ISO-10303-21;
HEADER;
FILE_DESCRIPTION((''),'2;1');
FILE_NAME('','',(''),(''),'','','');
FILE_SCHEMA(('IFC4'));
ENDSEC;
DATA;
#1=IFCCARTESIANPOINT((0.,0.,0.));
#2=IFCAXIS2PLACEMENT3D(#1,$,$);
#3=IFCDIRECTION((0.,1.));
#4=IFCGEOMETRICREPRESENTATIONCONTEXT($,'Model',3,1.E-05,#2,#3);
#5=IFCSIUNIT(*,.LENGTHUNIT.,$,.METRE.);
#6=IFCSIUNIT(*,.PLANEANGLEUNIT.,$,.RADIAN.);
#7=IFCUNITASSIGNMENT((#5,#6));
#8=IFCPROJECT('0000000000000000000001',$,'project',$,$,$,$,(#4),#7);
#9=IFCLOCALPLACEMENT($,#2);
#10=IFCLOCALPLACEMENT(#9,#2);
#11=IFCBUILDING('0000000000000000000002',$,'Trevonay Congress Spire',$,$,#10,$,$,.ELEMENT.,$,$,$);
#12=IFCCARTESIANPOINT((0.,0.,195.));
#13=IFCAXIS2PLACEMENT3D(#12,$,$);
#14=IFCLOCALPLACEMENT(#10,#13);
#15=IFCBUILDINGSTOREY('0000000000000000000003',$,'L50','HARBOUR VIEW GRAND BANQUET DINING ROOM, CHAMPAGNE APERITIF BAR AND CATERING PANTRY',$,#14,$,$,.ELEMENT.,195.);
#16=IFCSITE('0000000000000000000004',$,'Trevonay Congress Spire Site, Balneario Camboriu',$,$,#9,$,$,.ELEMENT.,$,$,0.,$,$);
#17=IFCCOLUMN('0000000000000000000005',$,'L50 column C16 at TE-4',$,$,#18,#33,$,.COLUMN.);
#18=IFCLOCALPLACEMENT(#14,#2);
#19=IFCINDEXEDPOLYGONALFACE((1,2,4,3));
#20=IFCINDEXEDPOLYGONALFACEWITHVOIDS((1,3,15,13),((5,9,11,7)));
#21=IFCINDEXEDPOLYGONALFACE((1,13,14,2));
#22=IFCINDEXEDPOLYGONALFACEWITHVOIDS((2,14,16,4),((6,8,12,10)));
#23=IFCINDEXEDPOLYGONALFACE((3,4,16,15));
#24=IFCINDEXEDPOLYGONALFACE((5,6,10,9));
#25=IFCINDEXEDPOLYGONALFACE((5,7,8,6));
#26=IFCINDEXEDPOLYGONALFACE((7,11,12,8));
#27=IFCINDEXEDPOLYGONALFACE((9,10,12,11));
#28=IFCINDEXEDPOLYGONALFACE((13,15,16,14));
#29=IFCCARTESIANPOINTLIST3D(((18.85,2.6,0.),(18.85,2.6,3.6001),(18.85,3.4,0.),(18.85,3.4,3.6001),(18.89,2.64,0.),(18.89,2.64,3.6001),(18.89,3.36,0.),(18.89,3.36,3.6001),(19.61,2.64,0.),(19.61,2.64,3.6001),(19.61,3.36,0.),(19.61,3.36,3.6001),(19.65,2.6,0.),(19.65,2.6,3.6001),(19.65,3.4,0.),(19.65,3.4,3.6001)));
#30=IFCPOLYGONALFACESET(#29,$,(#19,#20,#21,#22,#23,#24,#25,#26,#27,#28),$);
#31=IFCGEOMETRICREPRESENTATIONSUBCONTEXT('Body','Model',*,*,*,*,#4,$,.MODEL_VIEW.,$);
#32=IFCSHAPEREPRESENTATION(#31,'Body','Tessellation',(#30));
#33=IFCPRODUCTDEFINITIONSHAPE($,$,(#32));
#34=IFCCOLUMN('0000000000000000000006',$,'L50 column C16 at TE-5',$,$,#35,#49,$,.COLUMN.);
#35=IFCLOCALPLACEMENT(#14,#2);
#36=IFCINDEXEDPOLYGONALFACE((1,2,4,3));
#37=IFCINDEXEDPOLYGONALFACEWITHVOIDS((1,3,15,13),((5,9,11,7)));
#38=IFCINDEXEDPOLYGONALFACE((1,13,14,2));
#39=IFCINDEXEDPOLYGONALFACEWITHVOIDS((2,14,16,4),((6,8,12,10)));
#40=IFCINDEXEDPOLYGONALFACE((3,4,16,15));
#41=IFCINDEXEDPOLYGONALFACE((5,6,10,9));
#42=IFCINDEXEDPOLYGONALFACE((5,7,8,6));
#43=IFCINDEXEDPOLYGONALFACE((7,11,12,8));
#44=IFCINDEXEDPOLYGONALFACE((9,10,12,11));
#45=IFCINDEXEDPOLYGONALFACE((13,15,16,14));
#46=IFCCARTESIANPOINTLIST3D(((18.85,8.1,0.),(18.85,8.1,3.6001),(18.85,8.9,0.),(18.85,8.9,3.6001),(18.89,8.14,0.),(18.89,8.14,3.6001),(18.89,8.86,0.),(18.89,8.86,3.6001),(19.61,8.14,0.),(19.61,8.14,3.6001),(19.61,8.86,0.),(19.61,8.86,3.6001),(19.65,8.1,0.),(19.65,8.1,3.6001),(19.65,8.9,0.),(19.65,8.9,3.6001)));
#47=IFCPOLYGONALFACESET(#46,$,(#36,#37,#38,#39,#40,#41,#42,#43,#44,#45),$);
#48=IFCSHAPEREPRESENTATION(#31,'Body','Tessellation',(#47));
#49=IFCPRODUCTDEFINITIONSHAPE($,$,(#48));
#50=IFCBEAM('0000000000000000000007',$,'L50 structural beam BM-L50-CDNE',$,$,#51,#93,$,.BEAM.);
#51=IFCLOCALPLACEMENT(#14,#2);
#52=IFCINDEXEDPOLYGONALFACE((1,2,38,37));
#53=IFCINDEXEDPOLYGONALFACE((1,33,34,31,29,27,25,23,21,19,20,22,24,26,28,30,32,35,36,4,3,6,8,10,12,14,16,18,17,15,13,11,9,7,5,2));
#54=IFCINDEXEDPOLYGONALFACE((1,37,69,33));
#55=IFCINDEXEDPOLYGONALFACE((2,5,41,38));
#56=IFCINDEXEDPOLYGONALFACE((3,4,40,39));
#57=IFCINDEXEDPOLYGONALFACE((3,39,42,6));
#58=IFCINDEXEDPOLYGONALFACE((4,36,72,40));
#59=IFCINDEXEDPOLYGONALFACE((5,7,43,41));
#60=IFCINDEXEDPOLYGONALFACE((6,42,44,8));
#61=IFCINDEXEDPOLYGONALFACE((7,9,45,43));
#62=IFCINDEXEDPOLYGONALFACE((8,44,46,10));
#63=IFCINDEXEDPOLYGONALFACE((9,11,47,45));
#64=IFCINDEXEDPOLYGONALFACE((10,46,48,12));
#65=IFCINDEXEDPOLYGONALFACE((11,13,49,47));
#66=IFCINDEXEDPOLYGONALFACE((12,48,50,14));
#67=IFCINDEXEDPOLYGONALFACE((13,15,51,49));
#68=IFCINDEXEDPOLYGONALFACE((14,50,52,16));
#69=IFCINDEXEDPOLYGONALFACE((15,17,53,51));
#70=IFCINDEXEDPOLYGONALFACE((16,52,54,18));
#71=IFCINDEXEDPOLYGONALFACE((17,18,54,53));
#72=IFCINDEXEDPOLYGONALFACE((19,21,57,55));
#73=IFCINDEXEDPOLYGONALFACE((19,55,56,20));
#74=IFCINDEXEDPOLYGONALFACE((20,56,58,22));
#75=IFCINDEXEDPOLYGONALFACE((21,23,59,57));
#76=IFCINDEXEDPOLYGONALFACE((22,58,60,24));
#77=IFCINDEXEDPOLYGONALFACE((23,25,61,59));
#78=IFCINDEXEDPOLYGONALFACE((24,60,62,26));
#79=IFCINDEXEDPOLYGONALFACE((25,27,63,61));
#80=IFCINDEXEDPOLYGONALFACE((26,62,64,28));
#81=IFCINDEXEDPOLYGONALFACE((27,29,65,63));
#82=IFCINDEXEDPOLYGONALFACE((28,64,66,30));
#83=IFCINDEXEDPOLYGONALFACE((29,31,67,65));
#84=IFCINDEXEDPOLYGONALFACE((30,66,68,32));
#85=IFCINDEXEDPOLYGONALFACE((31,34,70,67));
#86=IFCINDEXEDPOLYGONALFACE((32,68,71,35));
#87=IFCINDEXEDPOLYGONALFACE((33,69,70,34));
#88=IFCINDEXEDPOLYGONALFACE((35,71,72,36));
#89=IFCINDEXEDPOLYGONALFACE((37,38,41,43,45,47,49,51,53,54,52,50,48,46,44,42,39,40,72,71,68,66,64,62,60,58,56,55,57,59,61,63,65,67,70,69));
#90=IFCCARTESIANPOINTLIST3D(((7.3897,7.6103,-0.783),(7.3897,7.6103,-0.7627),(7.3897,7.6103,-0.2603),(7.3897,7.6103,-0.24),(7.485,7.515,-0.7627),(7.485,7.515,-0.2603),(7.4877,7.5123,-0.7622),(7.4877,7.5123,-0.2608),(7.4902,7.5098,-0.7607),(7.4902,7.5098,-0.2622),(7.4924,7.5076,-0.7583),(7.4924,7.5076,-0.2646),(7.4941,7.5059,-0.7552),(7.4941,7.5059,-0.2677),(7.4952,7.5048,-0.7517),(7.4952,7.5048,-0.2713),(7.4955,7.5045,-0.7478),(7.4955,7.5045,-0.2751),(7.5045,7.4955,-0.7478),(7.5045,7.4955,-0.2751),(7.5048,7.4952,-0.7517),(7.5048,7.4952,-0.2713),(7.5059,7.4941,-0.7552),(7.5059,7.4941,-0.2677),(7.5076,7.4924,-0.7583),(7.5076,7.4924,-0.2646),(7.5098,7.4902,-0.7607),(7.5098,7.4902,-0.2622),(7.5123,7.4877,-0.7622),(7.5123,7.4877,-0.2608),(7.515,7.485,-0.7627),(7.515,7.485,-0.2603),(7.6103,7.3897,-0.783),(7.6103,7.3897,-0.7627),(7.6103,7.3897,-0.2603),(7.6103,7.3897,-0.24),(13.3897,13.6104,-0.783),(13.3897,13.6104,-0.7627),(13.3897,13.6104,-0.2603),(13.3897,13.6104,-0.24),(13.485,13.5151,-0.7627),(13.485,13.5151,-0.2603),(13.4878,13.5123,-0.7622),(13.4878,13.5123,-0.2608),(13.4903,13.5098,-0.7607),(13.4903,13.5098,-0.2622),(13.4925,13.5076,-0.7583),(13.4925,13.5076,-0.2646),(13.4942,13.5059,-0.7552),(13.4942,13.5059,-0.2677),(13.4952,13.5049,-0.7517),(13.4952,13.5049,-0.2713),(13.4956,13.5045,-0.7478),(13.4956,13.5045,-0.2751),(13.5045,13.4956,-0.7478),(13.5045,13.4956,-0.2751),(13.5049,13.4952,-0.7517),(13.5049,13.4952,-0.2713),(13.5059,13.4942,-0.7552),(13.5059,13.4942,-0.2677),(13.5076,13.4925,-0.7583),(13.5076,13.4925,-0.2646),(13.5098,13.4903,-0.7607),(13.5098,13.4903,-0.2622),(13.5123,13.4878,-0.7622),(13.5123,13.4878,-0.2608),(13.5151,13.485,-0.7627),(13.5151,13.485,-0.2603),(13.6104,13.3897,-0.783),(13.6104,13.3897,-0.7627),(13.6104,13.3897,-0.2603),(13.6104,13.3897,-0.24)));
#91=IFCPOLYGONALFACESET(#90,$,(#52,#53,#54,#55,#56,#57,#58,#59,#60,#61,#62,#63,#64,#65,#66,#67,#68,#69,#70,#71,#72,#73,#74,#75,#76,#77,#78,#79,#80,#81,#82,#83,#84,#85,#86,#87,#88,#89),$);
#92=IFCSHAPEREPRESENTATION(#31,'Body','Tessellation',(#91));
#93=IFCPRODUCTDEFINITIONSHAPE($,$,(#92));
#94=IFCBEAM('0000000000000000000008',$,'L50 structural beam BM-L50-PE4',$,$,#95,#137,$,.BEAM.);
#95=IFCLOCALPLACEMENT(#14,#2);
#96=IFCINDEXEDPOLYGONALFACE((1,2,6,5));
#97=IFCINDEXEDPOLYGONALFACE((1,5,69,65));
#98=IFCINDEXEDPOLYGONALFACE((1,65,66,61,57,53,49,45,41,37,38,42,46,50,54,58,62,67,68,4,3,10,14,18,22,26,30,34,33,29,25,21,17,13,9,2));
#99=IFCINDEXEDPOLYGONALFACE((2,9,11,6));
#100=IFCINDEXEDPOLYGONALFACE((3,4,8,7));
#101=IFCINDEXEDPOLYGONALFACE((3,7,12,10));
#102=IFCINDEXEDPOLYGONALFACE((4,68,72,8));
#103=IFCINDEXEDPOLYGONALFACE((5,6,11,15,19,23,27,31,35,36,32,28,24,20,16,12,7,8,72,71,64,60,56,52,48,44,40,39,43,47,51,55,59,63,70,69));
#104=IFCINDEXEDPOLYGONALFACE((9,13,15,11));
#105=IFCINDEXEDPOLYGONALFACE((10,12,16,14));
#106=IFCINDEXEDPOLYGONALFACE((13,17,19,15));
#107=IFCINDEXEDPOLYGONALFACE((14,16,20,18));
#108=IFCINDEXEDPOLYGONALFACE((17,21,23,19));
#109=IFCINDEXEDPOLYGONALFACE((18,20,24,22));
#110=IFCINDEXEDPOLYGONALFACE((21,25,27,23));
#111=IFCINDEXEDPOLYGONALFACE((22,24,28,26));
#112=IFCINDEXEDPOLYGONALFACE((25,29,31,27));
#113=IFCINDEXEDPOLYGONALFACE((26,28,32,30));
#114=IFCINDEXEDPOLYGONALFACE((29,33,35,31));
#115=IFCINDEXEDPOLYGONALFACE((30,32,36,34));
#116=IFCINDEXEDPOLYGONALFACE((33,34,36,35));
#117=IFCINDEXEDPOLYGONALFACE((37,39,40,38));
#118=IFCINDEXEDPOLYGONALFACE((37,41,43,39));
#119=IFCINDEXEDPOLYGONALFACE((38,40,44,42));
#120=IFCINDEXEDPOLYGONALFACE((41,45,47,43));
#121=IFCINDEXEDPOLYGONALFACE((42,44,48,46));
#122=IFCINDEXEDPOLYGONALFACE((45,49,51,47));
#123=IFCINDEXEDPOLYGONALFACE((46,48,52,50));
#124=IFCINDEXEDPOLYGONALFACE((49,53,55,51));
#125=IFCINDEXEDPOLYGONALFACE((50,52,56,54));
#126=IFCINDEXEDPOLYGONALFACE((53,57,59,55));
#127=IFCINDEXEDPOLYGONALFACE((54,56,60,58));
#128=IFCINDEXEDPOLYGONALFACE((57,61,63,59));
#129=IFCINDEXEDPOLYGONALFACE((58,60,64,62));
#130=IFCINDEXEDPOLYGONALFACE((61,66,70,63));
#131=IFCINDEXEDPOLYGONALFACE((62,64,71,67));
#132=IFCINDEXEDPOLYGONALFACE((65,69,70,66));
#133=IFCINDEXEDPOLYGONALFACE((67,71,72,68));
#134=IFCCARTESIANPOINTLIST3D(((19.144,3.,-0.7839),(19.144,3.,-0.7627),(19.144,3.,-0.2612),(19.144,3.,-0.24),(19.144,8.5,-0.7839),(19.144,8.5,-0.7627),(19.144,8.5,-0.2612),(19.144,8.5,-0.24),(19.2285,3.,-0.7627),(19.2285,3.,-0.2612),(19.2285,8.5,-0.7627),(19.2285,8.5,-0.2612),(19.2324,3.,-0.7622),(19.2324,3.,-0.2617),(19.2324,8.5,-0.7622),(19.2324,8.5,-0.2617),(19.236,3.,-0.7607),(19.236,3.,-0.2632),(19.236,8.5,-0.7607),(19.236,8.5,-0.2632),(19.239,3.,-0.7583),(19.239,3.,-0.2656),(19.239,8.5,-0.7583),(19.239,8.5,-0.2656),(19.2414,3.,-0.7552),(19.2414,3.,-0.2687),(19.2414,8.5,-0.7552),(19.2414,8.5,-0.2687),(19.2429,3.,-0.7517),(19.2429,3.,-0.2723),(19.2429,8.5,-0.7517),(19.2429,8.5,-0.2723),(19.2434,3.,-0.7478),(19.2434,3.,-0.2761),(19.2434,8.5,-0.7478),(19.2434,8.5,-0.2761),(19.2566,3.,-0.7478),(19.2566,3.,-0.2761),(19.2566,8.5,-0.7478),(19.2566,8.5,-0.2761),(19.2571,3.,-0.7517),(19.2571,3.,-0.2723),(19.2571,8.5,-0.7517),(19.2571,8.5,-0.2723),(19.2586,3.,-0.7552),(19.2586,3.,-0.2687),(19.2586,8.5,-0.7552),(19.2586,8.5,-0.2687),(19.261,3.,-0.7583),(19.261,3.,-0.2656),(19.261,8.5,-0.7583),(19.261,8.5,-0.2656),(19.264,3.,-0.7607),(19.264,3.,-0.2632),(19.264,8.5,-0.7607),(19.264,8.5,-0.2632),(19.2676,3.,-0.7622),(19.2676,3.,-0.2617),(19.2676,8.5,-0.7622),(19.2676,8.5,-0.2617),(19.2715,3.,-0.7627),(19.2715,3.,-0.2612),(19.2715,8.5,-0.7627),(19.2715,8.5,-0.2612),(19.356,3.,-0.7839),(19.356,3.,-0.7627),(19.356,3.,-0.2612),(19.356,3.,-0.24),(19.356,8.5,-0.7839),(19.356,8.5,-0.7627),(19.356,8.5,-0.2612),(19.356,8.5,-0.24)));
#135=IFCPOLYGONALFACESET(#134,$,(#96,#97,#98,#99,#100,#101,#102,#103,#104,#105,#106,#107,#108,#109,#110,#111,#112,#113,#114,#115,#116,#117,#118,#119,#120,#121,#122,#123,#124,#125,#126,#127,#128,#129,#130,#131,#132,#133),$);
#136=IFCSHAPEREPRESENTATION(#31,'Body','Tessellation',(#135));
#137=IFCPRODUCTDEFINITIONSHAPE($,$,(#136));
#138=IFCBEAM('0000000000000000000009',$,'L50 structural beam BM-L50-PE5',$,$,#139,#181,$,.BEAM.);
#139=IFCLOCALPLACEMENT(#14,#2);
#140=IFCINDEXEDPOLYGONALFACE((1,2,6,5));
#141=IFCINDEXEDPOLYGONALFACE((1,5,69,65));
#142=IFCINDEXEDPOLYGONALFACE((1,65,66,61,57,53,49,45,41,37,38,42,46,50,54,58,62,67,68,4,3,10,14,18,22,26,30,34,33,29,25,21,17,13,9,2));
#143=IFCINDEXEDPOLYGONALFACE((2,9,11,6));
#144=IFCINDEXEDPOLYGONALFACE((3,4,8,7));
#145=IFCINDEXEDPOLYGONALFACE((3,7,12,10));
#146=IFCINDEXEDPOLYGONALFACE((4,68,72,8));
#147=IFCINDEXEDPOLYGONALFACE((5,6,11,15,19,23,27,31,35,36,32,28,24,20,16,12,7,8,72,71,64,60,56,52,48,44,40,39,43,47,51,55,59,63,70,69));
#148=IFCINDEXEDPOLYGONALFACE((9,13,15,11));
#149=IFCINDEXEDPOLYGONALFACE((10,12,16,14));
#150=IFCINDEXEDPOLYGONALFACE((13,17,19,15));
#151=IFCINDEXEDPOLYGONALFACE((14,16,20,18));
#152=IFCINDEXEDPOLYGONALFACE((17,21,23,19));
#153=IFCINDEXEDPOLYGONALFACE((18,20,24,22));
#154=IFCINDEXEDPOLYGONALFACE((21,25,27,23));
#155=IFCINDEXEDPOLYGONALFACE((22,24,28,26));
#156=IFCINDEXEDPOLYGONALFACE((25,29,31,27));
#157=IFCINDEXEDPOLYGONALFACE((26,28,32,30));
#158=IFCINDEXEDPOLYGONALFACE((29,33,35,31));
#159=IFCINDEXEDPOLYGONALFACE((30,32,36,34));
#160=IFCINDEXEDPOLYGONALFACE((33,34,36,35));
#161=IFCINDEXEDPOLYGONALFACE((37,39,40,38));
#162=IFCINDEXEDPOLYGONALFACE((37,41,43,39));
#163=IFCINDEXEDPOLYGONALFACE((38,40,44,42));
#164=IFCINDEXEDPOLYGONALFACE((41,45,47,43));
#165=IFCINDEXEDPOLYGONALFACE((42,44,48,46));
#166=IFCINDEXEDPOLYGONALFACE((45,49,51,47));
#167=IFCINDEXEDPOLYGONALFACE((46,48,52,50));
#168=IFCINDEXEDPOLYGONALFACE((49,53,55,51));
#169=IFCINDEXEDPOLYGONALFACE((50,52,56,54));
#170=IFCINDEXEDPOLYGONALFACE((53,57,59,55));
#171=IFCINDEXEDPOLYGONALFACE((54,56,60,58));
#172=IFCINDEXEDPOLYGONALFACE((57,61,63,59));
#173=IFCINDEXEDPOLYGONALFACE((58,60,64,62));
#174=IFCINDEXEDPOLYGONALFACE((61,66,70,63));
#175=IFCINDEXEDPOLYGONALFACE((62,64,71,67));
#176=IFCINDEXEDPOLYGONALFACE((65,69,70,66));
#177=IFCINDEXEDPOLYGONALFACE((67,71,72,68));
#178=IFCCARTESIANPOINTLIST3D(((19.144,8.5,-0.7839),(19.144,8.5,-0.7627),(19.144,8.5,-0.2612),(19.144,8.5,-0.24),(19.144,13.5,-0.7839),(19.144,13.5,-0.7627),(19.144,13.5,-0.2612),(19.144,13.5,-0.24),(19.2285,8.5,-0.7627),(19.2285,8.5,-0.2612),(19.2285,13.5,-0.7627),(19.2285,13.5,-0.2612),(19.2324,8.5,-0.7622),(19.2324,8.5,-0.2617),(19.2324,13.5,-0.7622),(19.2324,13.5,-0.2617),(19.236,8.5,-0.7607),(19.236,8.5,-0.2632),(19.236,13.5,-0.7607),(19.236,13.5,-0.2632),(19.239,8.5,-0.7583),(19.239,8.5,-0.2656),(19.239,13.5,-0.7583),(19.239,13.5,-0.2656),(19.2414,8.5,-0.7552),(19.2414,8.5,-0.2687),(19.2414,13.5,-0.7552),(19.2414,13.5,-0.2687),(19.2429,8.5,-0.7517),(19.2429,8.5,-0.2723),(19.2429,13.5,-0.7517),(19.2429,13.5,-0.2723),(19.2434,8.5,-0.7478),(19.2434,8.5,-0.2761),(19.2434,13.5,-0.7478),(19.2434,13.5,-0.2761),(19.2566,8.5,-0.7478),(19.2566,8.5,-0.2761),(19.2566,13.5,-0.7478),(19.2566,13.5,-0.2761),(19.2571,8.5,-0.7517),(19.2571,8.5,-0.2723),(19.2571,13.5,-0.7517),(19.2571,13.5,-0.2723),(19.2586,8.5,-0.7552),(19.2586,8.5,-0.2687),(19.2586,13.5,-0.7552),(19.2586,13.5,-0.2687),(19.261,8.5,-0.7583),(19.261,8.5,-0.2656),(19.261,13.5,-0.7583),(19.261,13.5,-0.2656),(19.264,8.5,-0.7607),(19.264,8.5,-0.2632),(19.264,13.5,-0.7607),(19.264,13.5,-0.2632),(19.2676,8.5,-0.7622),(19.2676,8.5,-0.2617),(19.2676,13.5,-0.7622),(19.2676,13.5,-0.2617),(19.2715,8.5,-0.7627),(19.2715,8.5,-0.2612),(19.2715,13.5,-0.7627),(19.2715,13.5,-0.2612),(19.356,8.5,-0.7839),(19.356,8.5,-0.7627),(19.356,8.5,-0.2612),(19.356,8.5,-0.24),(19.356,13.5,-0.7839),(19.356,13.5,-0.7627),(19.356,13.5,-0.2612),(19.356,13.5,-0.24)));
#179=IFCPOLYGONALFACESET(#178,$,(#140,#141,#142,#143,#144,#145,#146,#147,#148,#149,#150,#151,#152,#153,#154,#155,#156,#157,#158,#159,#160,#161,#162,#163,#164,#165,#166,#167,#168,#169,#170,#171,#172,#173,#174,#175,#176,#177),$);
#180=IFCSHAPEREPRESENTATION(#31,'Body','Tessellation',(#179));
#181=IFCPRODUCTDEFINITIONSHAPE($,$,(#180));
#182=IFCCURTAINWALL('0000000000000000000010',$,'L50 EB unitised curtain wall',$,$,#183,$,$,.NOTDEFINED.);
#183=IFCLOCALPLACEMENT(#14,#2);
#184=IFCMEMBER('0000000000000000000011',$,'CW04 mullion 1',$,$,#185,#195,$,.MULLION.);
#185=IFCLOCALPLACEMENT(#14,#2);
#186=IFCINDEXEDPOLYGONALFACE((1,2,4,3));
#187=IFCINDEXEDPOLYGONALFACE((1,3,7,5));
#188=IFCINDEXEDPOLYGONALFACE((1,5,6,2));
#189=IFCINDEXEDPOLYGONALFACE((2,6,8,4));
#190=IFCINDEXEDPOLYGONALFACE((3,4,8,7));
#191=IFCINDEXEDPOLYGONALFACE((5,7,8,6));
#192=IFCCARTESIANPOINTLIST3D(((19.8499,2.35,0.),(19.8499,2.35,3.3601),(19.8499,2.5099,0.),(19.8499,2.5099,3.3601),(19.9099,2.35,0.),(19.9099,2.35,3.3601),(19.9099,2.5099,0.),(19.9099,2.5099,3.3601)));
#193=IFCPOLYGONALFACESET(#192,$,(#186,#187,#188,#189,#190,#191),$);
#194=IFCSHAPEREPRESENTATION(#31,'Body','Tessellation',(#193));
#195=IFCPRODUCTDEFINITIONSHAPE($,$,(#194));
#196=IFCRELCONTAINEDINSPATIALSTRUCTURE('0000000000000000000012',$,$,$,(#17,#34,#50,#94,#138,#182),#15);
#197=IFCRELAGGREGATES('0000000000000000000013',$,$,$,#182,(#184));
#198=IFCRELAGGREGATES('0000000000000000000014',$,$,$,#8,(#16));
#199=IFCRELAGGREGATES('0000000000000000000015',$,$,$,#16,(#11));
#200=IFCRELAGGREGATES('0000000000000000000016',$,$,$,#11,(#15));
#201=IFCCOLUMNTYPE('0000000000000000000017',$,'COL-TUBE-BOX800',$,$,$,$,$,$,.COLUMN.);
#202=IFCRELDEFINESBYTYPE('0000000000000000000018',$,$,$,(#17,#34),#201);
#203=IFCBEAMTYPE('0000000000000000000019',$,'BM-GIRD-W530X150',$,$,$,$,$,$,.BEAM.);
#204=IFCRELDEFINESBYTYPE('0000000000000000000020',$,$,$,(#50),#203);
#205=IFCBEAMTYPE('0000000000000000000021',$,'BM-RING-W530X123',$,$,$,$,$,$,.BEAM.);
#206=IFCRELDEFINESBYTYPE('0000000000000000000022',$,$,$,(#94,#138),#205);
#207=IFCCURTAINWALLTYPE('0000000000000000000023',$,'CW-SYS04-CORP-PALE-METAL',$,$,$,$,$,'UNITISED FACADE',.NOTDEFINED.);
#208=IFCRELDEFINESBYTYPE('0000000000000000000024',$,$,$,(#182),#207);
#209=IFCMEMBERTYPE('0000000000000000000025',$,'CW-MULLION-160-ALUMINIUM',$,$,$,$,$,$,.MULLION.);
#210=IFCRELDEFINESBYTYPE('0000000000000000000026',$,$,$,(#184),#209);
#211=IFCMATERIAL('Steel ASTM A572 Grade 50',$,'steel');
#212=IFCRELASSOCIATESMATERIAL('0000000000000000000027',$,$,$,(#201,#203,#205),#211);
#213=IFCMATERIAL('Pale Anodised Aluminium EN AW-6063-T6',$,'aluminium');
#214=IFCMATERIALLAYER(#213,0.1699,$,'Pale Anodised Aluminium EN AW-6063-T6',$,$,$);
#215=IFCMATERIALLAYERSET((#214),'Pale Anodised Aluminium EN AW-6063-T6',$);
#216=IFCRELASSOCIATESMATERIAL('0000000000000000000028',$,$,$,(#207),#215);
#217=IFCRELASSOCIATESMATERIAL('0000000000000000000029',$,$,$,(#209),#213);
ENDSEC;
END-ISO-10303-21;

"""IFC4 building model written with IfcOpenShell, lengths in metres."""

from ifc_helpers import new_model, si_unit, direction, frame, origin, origin_2d, place, context, subcontext, project, spatial, rectangle, hollow_rectangle, i_section, extrude, material, layer, layer_set, material_profile, profile_set, type_object, element, aggregate, save


model = new_model("IFC4")

# Units and contexts
model_context = context("Model", 3, precision=1e-05, world=origin(), true_north=direction((0.0, 1.0)))
body_context = subcontext(model_context, "Body", "Model", "MODEL_VIEW")
ifc_project = project(units=[si_unit("LENGTHUNIT", "METRE"), si_unit("PLANEANGLEUNIT", "RADIAN")], contexts=[model_context])

# Site, building, storey
site_placement = place(None, origin())
site = spatial("IfcSite", under=ifc_project, at=site_placement, Name="Trevonay Congress Spire Site, Balneario Camboriu", CompositionType="ELEMENT", RefElevation=0.0)
building_placement = place(site_placement, origin())
building = spatial("IfcBuilding", under=site, at=building_placement, Name="Trevonay Congress Spire", CompositionType="ELEMENT")
storey_placement = place(building_placement, frame((0.0, 0.0, 195.0)))
storey = spatial("IfcBuildingStorey", under=building, at=storey_placement, Name="L50", Description="HARBOUR VIEW GRAND BANQUET DINING ROOM, CHAMPAGNE APERITIF BAR AND CATERING PANTRY", CompositionType="ELEMENT", Elevation=195.0)

# Columns
ifc_material_1 = material(Name="Steel ASTM A572 Grade 50", Category="steel")
ifc_material_profile_1 = material_profile(ifc_material_1, hollow_rectangle(XDim=0.8, YDim=0.8, WallThickness=0.04, at=origin_2d()), Name="BOX 800x800x40")
ifc_profile_set_1 = profile_set([ifc_material_profile_1], Name="Steel ASTM A572 Grade 50")
column_type = type_object("IfcColumnType", Name="COL-TUBE-BOX800", PredefinedType="COLUMN", material=ifc_profile_set_1)
for number, where, z_axis, x_axis, name in (
    (1, (19.25, 3.0, 0.0), (0.0, 0.0, 1.0), (1.0, 0.0, 0.0), "L50 column C16 at TE-4"),
    (2, (19.25, 8.5, 0.0), (0.0, 0.0, 1.0), (1.0, 0.0, 0.0), "L50 column C16 at TE-5"),
):
    element("IfcColumn", number, at=place(storey_placement, frame(where, z_axis=z_axis, x_axis=x_axis)), inside=storey, type_object=column_type, Name=name, PredefinedType="COLUMN", context=body_context, shape_type="SweptSolid", body=[
        extrude(hollow_rectangle(XDim=0.8, YDim=0.8, WallThickness=0.04, at=origin_2d()), origin(), (0.0, 0.0, 1.0), 3.6001),
    ])

# Beams
ifc_material_profile_2 = material_profile(ifc_material_1, i_section(OverallWidth=0.312, OverallDepth=0.543, WebThickness=0.0127, FlangeThickness=0.0203, FilletRadius=0.0149, at=origin_2d()), Name="W530x150")
ifc_profile_set_2 = profile_set([ifc_material_profile_2], Name="Steel ASTM A572 Grade 50")
beam_type_1 = type_object("IfcBeamType", Name="BM-GIRD-W530X150", PredefinedType="BEAM", material=ifc_profile_set_2)
beam_1_placement = place(storey_placement, frame((7.5, 7.5, -0.5115), z_axis=(0.707107, 0.707107, 0.0), x_axis=(-0.707107, 0.707107, 0.0)))
element("IfcBeam", 3, at=beam_1_placement, inside=storey, type_object=beam_type_1, Name="L50 structural beam BM-L50-CDNE", PredefinedType="BEAM", context=body_context, shape_type="SweptSolid", body=[
    extrude(i_section(OverallWidth=0.312, OverallDepth=0.543, WebThickness=0.0127, FlangeThickness=0.0203, FilletRadius=0.0149, at=origin_2d()), origin(), (0.0, 0.0, 1.0), 8.4854),
])
ifc_material_profile_3 = material_profile(ifc_material_1, i_section(OverallWidth=0.2119, OverallDepth=0.5439, WebThickness=0.0132, FlangeThickness=0.0212, FilletRadius=0.0149, at=origin_2d()), Name="W530x123")
ifc_profile_set_3 = profile_set([ifc_material_profile_3], Name="Steel ASTM A572 Grade 50")
beam_type_2 = type_object("IfcBeamType", Name="BM-RING-W530X123", PredefinedType="BEAM", material=ifc_profile_set_3)
beam_2_placement = place(storey_placement, frame((19.25, 3.0, -0.512), z_axis=(0.0, 1.0, 0.0), x_axis=(-1.0, 0.0, 0.0)))
element("IfcBeam", 4, at=beam_2_placement, inside=storey, type_object=beam_type_2, Name="L50 structural beam BM-L50-PE4", PredefinedType="BEAM", context=body_context, shape_type="SweptSolid", body=[
    extrude(i_section(OverallWidth=0.2119, OverallDepth=0.5439, WebThickness=0.0132, FlangeThickness=0.0212, FilletRadius=0.0149, at=origin_2d()), origin(), (0.0, 0.0, 1.0), 5.5),
])
beam_3_placement = place(storey_placement, frame((19.25, 8.5, -0.512), z_axis=(0.0, 1.0, 0.0), x_axis=(-1.0, 0.0, 0.0)))
element("IfcBeam", 5, at=beam_3_placement, inside=storey, type_object=beam_type_2, Name="L50 structural beam BM-L50-PE5", PredefinedType="BEAM", context=body_context, shape_type="SweptSolid", body=[
    extrude(i_section(OverallWidth=0.2119, OverallDepth=0.5439, WebThickness=0.0132, FlangeThickness=0.0212, FilletRadius=0.0149, at=origin_2d()), origin(), (0.0, 0.0, 1.0), 5.0),
])

# Curtain wall, member
ifc_material_2 = material(Name="Pale Anodised Aluminium EN AW-6063-T6", Category="aluminium")
ifc_layer_1 = layer(ifc_material_2, 0.1699, Name="Pale Anodised Aluminium EN AW-6063-T6")
ifc_layer_set_1 = layer_set([ifc_layer_1], Name="Pale Anodised Aluminium EN AW-6063-T6")
curtain_wall_type = type_object("IfcCurtainWallType", Name="CW-SYS04-CORP-PALE-METAL", ElementType="UNITISED FACADE", PredefinedType="NOTDEFINED", material=ifc_layer_set_1)
curtain_wall_placement = place(storey_placement, origin())
curtain_wall = element("IfcCurtainWall", 6, at=curtain_wall_placement, inside=storey, type_object=curtain_wall_type, Name="L50 EB unitised curtain wall", PredefinedType="NOTDEFINED")
ifc_material_profile_4 = material_profile(ifc_material_2, rectangle(XDim=0.0601, YDim=0.1599, at=origin_2d()), Name="CW-MULLION-160-ALUMINIUM")
ifc_profile_set_4 = profile_set([ifc_material_profile_4], Name="Pale Anodised Aluminium EN AW-6063-T6")
member_type_1 = type_object("IfcMemberType", Name="CW-MULLION-160-ALUMINIUM", PredefinedType="MULLION", material=ifc_profile_set_4)
member_1_placement = place(storey_placement, frame((19.8799, 2.4299, 0.0), z_axis=(0.0, 0.0, 1.0), x_axis=(-1.0, 0.0, 0.0)))
member_1 = element("IfcMember", 7, at=member_1_placement, type_object=member_type_1, Name="CW04 mullion 1", PredefinedType="MULLION", context=body_context, shape_type="SweptSolid", body=[
    extrude(rectangle(XDim=0.0601, YDim=0.1599, at=origin_2d()), origin(), (0.0, 0.0, 1.0), 3.3601),
])
aggregate(curtain_wall, [member_1])

save(model, "model.ifc")
